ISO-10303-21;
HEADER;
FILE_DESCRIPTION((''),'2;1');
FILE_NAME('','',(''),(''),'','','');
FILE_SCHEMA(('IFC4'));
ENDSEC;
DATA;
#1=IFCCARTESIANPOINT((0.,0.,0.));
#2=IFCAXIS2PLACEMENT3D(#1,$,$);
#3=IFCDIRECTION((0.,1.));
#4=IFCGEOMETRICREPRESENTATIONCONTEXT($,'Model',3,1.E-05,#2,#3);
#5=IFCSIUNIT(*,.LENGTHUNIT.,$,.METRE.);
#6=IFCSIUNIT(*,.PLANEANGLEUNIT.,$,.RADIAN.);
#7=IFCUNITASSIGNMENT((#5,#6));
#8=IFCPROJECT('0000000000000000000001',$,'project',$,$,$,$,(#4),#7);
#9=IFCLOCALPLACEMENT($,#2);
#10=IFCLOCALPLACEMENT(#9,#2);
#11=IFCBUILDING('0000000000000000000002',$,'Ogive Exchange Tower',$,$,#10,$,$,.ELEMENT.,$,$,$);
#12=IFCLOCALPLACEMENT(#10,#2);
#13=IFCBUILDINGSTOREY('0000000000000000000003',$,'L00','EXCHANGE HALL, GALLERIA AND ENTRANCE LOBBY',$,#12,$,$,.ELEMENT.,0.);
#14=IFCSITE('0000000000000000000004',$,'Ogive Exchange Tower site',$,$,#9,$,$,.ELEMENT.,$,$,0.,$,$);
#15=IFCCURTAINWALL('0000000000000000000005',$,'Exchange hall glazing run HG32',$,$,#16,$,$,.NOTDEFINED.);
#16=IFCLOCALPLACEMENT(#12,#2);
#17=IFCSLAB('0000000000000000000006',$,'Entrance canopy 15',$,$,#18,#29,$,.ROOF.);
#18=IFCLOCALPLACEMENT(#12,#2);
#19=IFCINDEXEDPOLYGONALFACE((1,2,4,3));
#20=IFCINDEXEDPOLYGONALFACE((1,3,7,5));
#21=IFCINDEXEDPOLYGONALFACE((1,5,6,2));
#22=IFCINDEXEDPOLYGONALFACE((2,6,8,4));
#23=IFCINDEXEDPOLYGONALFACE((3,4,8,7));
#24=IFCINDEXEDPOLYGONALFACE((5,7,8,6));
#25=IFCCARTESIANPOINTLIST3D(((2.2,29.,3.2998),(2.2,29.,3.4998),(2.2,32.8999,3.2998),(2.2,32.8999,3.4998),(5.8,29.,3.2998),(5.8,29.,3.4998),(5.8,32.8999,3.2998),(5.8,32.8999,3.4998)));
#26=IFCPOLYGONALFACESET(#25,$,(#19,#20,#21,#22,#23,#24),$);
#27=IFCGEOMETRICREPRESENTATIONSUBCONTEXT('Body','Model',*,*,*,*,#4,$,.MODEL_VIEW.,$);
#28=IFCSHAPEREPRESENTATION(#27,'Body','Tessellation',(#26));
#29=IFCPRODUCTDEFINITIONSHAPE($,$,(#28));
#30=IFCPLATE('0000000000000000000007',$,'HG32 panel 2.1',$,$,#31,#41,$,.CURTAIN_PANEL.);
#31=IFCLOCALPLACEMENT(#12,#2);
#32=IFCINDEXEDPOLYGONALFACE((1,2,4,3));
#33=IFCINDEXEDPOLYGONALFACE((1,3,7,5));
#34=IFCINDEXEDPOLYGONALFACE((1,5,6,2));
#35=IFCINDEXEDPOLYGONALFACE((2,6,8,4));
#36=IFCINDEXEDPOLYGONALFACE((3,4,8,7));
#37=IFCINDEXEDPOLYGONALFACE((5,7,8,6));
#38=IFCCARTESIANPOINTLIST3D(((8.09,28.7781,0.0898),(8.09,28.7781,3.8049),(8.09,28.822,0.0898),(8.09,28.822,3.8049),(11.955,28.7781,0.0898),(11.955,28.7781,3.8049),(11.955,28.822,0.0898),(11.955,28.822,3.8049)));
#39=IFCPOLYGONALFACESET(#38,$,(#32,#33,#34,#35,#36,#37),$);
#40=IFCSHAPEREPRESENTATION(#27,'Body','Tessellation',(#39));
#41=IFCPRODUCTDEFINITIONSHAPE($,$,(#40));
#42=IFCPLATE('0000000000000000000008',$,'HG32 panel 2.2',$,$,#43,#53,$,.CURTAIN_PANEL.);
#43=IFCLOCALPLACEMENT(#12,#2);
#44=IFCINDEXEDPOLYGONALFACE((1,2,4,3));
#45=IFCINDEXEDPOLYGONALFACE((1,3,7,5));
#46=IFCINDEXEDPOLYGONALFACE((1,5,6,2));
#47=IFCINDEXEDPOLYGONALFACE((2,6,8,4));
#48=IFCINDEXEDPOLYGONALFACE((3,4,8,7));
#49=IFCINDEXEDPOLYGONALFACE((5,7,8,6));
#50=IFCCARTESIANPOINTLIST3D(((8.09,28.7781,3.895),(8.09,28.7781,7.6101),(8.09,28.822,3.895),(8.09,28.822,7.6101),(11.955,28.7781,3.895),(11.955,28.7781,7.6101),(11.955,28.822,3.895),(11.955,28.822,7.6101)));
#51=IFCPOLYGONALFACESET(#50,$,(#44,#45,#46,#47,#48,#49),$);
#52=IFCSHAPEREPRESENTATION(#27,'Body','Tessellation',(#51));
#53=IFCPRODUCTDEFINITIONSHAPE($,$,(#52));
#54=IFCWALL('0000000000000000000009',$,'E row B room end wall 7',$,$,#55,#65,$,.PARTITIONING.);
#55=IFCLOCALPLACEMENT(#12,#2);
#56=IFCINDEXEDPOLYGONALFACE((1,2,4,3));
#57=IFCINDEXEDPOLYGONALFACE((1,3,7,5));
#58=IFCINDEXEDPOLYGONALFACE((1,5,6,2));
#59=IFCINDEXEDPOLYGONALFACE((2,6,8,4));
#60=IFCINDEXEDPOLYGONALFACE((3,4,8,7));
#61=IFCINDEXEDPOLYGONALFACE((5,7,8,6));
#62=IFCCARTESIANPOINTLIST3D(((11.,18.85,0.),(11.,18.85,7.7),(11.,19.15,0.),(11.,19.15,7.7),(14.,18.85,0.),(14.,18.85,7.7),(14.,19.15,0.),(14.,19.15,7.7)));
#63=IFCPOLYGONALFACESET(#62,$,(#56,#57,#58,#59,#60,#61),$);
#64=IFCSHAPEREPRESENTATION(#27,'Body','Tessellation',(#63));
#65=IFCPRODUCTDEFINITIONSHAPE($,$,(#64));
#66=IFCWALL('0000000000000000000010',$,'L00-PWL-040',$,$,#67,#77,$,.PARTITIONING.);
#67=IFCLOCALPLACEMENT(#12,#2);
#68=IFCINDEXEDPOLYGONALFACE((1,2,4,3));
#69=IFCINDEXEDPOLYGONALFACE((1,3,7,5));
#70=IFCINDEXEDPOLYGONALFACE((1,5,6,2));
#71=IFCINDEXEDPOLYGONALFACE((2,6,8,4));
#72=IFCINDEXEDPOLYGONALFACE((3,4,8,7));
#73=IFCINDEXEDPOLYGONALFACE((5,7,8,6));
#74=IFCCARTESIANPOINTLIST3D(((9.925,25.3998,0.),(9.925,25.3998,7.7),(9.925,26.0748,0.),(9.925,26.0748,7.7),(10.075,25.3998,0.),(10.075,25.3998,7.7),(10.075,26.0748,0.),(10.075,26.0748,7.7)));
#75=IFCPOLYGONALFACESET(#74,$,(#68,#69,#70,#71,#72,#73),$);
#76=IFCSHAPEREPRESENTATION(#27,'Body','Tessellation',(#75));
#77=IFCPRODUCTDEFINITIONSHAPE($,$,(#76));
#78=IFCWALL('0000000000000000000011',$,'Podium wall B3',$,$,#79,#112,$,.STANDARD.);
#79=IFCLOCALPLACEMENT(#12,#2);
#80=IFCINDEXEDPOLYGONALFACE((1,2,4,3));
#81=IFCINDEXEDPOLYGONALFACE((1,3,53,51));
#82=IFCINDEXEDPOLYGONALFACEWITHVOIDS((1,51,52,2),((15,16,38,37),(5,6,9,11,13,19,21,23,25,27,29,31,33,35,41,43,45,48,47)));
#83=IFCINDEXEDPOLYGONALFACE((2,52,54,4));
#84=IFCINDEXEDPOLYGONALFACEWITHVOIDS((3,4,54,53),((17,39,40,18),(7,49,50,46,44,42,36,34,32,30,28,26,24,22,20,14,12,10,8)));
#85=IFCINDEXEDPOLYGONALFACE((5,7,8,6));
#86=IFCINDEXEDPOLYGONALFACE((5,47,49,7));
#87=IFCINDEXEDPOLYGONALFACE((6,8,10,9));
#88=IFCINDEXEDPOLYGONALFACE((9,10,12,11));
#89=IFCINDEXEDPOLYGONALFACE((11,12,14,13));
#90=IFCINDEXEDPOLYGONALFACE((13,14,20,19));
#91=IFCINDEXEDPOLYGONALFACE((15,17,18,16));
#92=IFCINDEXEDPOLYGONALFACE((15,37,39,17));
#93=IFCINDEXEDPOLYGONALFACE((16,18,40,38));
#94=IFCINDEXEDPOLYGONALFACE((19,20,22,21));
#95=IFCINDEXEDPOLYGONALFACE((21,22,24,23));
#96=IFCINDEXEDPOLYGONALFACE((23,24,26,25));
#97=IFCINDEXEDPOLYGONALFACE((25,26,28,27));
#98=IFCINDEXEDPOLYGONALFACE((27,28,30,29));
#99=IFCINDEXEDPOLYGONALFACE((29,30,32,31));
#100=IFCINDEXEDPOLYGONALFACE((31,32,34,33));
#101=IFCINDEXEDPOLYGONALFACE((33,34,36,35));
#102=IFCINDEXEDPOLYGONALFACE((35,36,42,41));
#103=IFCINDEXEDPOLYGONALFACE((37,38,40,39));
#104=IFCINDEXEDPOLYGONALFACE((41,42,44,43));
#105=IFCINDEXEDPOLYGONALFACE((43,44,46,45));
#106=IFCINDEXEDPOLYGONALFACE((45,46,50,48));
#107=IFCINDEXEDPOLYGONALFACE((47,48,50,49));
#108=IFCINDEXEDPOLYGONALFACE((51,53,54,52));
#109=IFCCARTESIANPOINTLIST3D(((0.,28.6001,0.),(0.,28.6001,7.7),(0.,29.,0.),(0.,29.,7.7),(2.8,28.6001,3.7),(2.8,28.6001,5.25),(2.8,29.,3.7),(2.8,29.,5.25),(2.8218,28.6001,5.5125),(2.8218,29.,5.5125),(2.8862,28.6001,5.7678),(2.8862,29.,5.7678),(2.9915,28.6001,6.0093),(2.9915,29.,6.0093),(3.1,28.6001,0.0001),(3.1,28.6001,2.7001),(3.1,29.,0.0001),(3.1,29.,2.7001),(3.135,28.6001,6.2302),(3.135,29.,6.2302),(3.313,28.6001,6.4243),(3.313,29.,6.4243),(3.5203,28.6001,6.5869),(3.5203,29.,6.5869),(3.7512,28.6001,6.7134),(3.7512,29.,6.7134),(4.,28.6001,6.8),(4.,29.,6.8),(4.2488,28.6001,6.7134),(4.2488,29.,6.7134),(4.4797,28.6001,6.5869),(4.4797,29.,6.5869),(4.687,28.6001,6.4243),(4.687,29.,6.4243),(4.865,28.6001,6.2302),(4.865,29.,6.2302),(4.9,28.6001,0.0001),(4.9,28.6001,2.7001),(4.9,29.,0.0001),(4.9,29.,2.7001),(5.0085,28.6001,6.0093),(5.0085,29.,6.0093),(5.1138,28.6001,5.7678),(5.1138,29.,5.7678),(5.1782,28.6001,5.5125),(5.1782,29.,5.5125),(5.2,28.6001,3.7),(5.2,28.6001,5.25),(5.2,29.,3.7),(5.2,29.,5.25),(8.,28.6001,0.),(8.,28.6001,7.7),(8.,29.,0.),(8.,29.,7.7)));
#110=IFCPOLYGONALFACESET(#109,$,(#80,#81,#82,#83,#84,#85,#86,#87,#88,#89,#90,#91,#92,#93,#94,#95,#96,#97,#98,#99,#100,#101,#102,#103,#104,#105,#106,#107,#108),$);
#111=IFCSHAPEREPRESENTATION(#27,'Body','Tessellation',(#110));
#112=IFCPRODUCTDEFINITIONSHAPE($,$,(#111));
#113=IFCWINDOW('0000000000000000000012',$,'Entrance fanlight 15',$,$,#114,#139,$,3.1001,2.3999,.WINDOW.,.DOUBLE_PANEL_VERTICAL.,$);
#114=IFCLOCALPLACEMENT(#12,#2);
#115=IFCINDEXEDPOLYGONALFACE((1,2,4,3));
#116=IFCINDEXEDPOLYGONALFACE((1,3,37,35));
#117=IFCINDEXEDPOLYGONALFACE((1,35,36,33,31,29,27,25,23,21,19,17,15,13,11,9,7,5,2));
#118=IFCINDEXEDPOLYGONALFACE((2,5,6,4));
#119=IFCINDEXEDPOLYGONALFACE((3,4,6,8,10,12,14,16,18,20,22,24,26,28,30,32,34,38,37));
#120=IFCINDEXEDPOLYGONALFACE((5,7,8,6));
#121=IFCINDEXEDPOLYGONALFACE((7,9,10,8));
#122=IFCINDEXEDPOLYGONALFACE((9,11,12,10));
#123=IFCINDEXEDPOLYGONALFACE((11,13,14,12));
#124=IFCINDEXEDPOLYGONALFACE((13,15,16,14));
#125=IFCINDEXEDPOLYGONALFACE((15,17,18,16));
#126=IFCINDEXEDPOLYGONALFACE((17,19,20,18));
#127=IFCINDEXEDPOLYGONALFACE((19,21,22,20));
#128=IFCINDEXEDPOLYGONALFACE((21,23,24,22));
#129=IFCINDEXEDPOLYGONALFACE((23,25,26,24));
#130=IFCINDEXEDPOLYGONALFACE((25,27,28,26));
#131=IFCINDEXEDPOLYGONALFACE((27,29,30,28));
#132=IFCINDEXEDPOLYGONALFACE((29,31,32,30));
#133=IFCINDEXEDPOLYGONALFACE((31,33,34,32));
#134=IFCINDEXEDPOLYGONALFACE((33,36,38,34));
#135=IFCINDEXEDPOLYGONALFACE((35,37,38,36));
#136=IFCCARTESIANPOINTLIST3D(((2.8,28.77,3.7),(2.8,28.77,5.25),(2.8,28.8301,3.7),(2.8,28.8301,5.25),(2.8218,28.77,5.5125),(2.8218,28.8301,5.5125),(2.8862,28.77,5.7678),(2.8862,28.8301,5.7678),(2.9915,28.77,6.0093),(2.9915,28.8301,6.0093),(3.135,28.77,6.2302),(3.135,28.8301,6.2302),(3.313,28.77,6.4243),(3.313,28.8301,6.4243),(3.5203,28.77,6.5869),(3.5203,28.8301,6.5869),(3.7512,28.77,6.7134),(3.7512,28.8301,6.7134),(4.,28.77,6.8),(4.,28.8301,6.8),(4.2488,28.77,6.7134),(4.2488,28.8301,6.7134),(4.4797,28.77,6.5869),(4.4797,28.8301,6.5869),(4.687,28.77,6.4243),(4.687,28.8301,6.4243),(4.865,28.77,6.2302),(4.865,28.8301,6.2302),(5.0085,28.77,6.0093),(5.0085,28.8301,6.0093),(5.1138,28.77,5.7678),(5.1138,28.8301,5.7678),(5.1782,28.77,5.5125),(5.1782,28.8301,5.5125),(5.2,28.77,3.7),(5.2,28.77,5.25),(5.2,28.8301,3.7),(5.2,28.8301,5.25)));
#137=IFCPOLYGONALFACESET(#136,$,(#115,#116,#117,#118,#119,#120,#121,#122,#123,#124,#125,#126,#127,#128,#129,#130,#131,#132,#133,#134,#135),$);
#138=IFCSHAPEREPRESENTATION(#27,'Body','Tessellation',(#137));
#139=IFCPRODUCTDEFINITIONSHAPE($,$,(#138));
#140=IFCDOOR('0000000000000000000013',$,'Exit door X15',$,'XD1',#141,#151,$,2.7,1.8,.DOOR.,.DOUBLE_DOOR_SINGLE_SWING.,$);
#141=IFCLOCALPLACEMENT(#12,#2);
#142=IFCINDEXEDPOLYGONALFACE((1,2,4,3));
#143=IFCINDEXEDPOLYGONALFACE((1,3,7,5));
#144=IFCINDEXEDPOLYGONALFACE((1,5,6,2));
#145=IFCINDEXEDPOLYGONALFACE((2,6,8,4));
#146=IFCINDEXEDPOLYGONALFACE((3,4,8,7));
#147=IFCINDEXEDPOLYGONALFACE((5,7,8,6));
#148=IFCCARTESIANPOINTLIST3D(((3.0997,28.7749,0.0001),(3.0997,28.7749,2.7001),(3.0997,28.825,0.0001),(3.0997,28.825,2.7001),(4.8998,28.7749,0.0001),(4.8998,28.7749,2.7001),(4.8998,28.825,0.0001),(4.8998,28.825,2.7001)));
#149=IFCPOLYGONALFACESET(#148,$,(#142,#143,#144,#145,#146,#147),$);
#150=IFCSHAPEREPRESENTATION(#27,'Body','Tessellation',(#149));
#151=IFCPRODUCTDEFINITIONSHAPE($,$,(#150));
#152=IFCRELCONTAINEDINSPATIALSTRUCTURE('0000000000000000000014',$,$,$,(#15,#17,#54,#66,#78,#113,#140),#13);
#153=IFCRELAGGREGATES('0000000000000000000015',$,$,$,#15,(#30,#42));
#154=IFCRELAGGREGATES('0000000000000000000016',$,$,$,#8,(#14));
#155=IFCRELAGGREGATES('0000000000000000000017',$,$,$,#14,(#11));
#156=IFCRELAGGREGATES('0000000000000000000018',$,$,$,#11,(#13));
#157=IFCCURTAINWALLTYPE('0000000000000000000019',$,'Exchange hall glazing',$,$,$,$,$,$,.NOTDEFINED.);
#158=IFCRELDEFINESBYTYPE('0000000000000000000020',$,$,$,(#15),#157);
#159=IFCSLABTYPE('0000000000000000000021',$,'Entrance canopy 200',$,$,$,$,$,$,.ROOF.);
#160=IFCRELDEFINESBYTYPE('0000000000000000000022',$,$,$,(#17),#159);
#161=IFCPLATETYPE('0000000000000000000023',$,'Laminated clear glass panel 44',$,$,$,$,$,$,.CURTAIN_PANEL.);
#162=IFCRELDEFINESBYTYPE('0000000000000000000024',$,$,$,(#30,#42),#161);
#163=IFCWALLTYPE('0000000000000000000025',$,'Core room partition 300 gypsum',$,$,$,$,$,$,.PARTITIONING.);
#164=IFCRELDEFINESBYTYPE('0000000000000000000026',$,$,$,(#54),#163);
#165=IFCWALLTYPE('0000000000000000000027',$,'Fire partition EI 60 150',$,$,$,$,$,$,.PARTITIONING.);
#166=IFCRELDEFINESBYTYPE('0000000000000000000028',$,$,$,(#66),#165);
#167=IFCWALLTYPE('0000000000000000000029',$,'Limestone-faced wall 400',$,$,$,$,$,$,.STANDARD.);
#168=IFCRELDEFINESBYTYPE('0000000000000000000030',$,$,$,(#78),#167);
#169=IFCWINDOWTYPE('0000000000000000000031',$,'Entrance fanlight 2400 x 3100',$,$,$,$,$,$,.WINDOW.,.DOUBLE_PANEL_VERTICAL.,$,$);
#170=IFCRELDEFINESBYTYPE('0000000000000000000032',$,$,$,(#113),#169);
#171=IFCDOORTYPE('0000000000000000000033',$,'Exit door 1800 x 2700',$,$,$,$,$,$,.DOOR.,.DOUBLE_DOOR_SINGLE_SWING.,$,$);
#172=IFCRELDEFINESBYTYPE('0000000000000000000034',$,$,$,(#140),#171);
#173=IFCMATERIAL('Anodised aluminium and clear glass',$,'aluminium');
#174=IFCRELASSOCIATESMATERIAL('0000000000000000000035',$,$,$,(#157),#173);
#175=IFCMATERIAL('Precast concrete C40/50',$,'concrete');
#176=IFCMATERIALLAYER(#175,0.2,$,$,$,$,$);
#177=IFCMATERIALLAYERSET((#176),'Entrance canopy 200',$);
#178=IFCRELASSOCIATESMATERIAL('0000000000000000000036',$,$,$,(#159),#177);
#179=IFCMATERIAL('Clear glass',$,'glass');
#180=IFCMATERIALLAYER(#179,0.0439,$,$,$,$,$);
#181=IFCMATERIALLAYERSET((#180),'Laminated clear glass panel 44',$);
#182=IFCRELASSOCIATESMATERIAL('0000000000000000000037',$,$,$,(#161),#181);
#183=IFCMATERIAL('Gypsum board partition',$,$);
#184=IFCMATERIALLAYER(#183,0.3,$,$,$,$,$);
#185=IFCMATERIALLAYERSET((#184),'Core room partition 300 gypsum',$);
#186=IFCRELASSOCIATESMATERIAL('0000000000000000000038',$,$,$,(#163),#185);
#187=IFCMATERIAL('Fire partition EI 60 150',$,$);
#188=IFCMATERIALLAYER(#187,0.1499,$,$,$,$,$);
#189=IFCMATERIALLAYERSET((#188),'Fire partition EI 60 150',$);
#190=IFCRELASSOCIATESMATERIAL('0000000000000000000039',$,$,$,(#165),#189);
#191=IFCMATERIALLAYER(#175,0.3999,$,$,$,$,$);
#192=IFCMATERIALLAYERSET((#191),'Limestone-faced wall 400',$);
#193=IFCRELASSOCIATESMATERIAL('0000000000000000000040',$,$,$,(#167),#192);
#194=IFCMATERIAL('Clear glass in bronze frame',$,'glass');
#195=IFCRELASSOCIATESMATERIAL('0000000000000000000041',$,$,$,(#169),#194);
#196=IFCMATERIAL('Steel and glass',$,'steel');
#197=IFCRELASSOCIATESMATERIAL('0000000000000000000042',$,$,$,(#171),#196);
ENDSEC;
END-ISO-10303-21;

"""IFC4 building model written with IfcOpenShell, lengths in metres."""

from ifc_helpers import new_model, si_unit, direction, frame, frame_2d, origin, origin_2d, place, context, subcontext, project, spatial, polyline, rectangle, outline, extrude, material, layer, layer_set, type_object, element, fill, aggregate, save


model = new_model("IFC4")

# Units and contexts
model_context = context("Model", 3, precision=1e-05, world=origin(), true_north=direction((0.0, 1.0)))
body_context = subcontext(model_context, "Body", "Model", "MODEL_VIEW")
ifc_project = project(units=[si_unit("LENGTHUNIT", "METRE"), si_unit("PLANEANGLEUNIT", "RADIAN")], contexts=[model_context])

# Site, building, storey
site_placement = place(None, origin())
site = spatial("IfcSite", under=ifc_project, at=site_placement, Name="Ogive Exchange Tower site", CompositionType="ELEMENT", RefElevation=0.0)
building_placement = place(site_placement, origin())
building = spatial("IfcBuilding", under=site, at=building_placement, Name="Ogive Exchange Tower", CompositionType="ELEMENT")
storey_placement = place(building_placement, origin())
storey = spatial("IfcBuildingStorey", under=building, at=storey_placement, Name="L00", Description="EXCHANGE HALL, GALLERIA AND ENTRANCE LOBBY", CompositionType="ELEMENT", Elevation=0.0)

# Curtain wall
ifc_material_1 = material(Name="Anodised aluminium and clear glass", Category="aluminium")
curtain_wall_type = type_object("IfcCurtainWallType", Name="Exchange hall glazing", PredefinedType="NOTDEFINED", material=ifc_material_1)
curtain_wall_placement = place(storey_placement, origin())
curtain_wall = element("IfcCurtainWall", 1, at=curtain_wall_placement, inside=storey, type_object=curtain_wall_type, Name="Exchange hall glazing run HG32", PredefinedType="NOTDEFINED")

# Slab
ifc_material_2 = material(Name="Precast concrete C40/50", Category="concrete")
ifc_layer_1 = layer(ifc_material_2, 0.2)
ifc_layer_set_1 = layer_set([ifc_layer_1], Name="Entrance canopy 200")
slab_type = type_object("IfcSlabType", Name="Entrance canopy 200", PredefinedType="ROOF", material=ifc_layer_set_1)
slab_placement = place(storey_placement, frame((4.0, 30.95, 3.2998), z_axis=(0.0, 0.0, 1.0), x_axis=(-1.0, 0.0, 0.0)))
element("IfcSlab", 2, at=slab_placement, inside=storey, type_object=slab_type, Name="Entrance canopy 15", PredefinedType="ROOF", context=body_context, shape_type="SweptSolid", body=[
    extrude(rectangle(XDim=3.6001, YDim=3.8999, at=origin_2d()), origin(), (0.0, 0.0, 1.0), 0.2),
])

# Plates
ifc_material_3 = material(Name="Clear glass", Category="glass")
ifc_layer_2 = layer(ifc_material_3, 0.0439)
ifc_layer_set_2 = layer_set([ifc_layer_2], Name="Laminated clear glass panel 44")
plate_type = type_object("IfcPlateType", Name="Laminated clear glass panel 44", PredefinedType="CURTAIN_PANEL", material=ifc_layer_set_2)
plate_1_placement = place(storey_placement, frame((10.0225, 28.8, 0.0898), z_axis=(0.0, 0.0, 1.0), x_axis=(-1.0, 0.0, 0.0)))
plate_1 = element("IfcPlate", 3, at=plate_1_placement, type_object=plate_type, Name="HG32 panel 2.1", PredefinedType="CURTAIN_PANEL", context=body_context, shape_type="SweptSolid", body=[
    extrude(rectangle(XDim=3.865, YDim=0.0439, at=origin_2d()), origin(), (0.0, 0.0, 1.0), 3.7151),
])
plate_2_placement = place(storey_placement, frame((10.0225, 28.8, 3.895), z_axis=(0.0, 0.0, 1.0), x_axis=(-1.0, 0.0, 0.0)))
plate_2 = element("IfcPlate", 4, at=plate_2_placement, type_object=plate_type, Name="HG32 panel 2.2", PredefinedType="CURTAIN_PANEL", context=body_context, shape_type="SweptSolid", body=[
    extrude(rectangle(XDim=3.865, YDim=0.0439, at=origin_2d()), origin(), (0.0, 0.0, 1.0), 3.7151),
])
aggregate(curtain_wall, [plate_1, plate_2])

# Walls
ifc_material_4 = material(Name="Gypsum board partition")
ifc_layer_3 = layer(ifc_material_4, 0.3)
ifc_layer_set_3 = layer_set([ifc_layer_3], Name="Core room partition 300 gypsum")
wall_type_1 = type_object("IfcWallType", Name="Core room partition 300 gypsum", PredefinedType="PARTITIONING", material=ifc_layer_set_3)
wall_1_placement = place(storey_placement, frame((11.0, 19.0, 0.0), z_axis=(0.0, 0.0, 1.0), x_axis=(1.0, 0.0, 0.0)))
element("IfcWall", 5, at=wall_1_placement, inside=storey, type_object=wall_type_1, Name="E row B room end wall 7", PredefinedType="PARTITIONING", context=body_context, shape_type="SweptSolid", body=[
    extrude(rectangle(XDim=3.0, YDim=0.3, at=frame_2d((1.5, 0.0))), origin(), (0.0, 0.0, 1.0), 7.7),
])
ifc_material_5 = material(Name="Fire partition EI 60 150")
ifc_layer_4 = layer(ifc_material_5, 0.1499)
ifc_layer_set_4 = layer_set([ifc_layer_4], Name="Fire partition EI 60 150")
wall_type_2 = type_object("IfcWallType", Name="Fire partition EI 60 150", PredefinedType="PARTITIONING", material=ifc_layer_set_4)
wall_2_placement = place(storey_placement, frame((10.0, 25.3999, 0.0), z_axis=(0.0, 0.0, 1.0), x_axis=(0.0, 1.0, 0.0)))
element("IfcWall", 6, at=wall_2_placement, inside=storey, type_object=wall_type_2, Name="L00-PWL-040", PredefinedType="PARTITIONING", context=body_context, shape_type="SweptSolid", body=[
    extrude(rectangle(XDim=0.675, YDim=0.1499, at=frame_2d((0.3374, 0.0))), origin(), (0.0, 0.0, 1.0), 7.7),
])

# Wall, openings, window, door
ifc_layer_5 = layer(ifc_material_2, 0.3999)
ifc_layer_set_5 = layer_set([ifc_layer_5], Name="Limestone-faced wall 400")
wall_type_3 = type_object("IfcWallType", Name="Limestone-faced wall 400", PredefinedType="STANDARD", material=ifc_layer_set_5)
wall_3_placement = place(storey_placement, frame((8.0, 28.8, 0.0), z_axis=(0.0, 0.0, 1.0), x_axis=(-1.0, 0.0, 0.0)))
wall_3 = element("IfcWall", 7, at=wall_3_placement, inside=storey, type_object=wall_type_3, Name="Podium wall B3", PredefinedType="STANDARD", context=body_context, shape_type="SweptSolid", body=[
    extrude(rectangle(XDim=8.0, YDim=0.3999, at=frame_2d((4.0, 0.0))), origin(), (0.0, 0.0, 1.0), 7.7),
])
opening_1_placement = place(wall_3_placement, frame((3.1001, 0.0, 0.0)))
opening_1 = element("IfcOpeningElement", 8, at=opening_1_placement, cuts=wall_3, PredefinedType="OPENING", context=body_context, shape_type="SweptSolid", body=[
    extrude(rectangle(XDim=1.8, YDim=2.7, at=frame_2d((0.8999, 1.3501))), frame((0.0, 0.21, 0.0), z_axis=(0.0, -1.0, 0.0), x_axis=(1.0, 0.0, 0.0)), (0.0, 0.0, 1.0), 0.4199),
])
opening_2_placement = place(wall_3_placement, frame((2.8, 0.0, 3.7)))
opening_2 = element("IfcOpeningElement", 9, at=opening_2_placement, cuts=wall_3, PredefinedType="OPENING", context=body_context, shape_type="SweptSolid", body=[
    extrude(outline(polyline([(0.0, 0.0), (2.3999, 0.0), (2.3999, 1.55), (2.3782, 1.8125), (2.3137, 2.0679), (2.2085, 2.3093), (2.0649, 2.5303), (1.887, 2.7244), (1.6797, 2.887), (1.4487, 3.0134), (1.2, 3.1001), (0.9512, 3.0134), (0.7202, 2.887), (0.5129, 2.7244), (0.335, 2.5303), (0.1914, 2.3093), (0.0862, 2.0679), (0.0217, 1.8125), (0.0, 1.55), (0.0, 0.0)])), frame((0.0, 0.21, 0.0), z_axis=(0.0, -1.0, 0.0), x_axis=(1.0, 0.0, 0.0)), (0.0, 0.0, 1.0), 0.4199),
])
ifc_material_6 = material(Name="Clear glass in bronze frame", Category="glass")
window_type = type_object("IfcWindowType", Name="Entrance fanlight 2400 x 3100", PartitioningType="DOUBLE_PANEL_VERTICAL", PredefinedType="WINDOW", material=ifc_material_6)
window_1_placement = place(opening_2_placement, origin())
window_1 = element("IfcWindow", 10, at=window_1_placement, inside=storey, type_object=window_type, Name="Entrance fanlight 15", OverallHeight=3.1001, OverallWidth=2.3999, PartitioningType="DOUBLE_PANEL_VERTICAL", PredefinedType="WINDOW", context=body_context, shape_type="SweptSolid", body=[
    extrude(outline(polyline([(0.0, 0.0), (2.3999, 0.0), (2.3999, 1.55), (2.3782, 1.8125), (2.3137, 2.0679), (2.2085, 2.3093), (2.0649, 2.5303), (1.887, 2.7244), (1.6797, 2.887), (1.4487, 3.0134), (1.2, 3.1001), (0.9512, 3.0134), (0.7202, 2.887), (0.5129, 2.7244), (0.335, 2.5303), (0.1914, 2.3093), (0.0862, 2.0679), (0.0217, 1.8125), (0.0, 1.55), (0.0, 0.0)])), frame((0.0, 0.03, 0.0), z_axis=(0.0, -1.0, 0.0), x_axis=(1.0, 0.0, 0.0)), (0.0, 0.0, 1.0), 0.0601),
])
fill(opening_2, window_1)
ifc_material_7 = material(Name="Steel and glass", Category="steel")
door_type = type_object("IfcDoorType", Name="Exit door 1800 x 2700", OperationType="DOUBLE_DOOR_SINGLE_SWING", PredefinedType="DOOR", material=ifc_material_7)
door_1_placement = place(opening_1_placement, frame((1.8, 0.0, 0.0), z_axis=(0.0, 0.0, 1.0), x_axis=(-1.0, 0.0, 0.0)))
door_1 = element("IfcDoor", 11, at=door_1_placement, inside=storey, type_object=door_type, Name="Exit door X15", ObjectType="XD1", OperationType="DOUBLE_DOOR_SINGLE_SWING", OverallHeight=2.7, OverallWidth=1.8, PredefinedType="DOOR", context=body_context, shape_type="SweptSolid", body=[
    extrude(rectangle(XDim=1.8, YDim=2.7, at=frame_2d((0.8999, 1.3501))), frame((0.0, 0.0249, 0.0), z_axis=(0.0, -1.0, 0.0), x_axis=(1.0, 0.0, 0.0)), (0.0, 0.0, 1.0), 0.05),
])
fill(opening_1, door_1)

save(model, "model.ifc")
